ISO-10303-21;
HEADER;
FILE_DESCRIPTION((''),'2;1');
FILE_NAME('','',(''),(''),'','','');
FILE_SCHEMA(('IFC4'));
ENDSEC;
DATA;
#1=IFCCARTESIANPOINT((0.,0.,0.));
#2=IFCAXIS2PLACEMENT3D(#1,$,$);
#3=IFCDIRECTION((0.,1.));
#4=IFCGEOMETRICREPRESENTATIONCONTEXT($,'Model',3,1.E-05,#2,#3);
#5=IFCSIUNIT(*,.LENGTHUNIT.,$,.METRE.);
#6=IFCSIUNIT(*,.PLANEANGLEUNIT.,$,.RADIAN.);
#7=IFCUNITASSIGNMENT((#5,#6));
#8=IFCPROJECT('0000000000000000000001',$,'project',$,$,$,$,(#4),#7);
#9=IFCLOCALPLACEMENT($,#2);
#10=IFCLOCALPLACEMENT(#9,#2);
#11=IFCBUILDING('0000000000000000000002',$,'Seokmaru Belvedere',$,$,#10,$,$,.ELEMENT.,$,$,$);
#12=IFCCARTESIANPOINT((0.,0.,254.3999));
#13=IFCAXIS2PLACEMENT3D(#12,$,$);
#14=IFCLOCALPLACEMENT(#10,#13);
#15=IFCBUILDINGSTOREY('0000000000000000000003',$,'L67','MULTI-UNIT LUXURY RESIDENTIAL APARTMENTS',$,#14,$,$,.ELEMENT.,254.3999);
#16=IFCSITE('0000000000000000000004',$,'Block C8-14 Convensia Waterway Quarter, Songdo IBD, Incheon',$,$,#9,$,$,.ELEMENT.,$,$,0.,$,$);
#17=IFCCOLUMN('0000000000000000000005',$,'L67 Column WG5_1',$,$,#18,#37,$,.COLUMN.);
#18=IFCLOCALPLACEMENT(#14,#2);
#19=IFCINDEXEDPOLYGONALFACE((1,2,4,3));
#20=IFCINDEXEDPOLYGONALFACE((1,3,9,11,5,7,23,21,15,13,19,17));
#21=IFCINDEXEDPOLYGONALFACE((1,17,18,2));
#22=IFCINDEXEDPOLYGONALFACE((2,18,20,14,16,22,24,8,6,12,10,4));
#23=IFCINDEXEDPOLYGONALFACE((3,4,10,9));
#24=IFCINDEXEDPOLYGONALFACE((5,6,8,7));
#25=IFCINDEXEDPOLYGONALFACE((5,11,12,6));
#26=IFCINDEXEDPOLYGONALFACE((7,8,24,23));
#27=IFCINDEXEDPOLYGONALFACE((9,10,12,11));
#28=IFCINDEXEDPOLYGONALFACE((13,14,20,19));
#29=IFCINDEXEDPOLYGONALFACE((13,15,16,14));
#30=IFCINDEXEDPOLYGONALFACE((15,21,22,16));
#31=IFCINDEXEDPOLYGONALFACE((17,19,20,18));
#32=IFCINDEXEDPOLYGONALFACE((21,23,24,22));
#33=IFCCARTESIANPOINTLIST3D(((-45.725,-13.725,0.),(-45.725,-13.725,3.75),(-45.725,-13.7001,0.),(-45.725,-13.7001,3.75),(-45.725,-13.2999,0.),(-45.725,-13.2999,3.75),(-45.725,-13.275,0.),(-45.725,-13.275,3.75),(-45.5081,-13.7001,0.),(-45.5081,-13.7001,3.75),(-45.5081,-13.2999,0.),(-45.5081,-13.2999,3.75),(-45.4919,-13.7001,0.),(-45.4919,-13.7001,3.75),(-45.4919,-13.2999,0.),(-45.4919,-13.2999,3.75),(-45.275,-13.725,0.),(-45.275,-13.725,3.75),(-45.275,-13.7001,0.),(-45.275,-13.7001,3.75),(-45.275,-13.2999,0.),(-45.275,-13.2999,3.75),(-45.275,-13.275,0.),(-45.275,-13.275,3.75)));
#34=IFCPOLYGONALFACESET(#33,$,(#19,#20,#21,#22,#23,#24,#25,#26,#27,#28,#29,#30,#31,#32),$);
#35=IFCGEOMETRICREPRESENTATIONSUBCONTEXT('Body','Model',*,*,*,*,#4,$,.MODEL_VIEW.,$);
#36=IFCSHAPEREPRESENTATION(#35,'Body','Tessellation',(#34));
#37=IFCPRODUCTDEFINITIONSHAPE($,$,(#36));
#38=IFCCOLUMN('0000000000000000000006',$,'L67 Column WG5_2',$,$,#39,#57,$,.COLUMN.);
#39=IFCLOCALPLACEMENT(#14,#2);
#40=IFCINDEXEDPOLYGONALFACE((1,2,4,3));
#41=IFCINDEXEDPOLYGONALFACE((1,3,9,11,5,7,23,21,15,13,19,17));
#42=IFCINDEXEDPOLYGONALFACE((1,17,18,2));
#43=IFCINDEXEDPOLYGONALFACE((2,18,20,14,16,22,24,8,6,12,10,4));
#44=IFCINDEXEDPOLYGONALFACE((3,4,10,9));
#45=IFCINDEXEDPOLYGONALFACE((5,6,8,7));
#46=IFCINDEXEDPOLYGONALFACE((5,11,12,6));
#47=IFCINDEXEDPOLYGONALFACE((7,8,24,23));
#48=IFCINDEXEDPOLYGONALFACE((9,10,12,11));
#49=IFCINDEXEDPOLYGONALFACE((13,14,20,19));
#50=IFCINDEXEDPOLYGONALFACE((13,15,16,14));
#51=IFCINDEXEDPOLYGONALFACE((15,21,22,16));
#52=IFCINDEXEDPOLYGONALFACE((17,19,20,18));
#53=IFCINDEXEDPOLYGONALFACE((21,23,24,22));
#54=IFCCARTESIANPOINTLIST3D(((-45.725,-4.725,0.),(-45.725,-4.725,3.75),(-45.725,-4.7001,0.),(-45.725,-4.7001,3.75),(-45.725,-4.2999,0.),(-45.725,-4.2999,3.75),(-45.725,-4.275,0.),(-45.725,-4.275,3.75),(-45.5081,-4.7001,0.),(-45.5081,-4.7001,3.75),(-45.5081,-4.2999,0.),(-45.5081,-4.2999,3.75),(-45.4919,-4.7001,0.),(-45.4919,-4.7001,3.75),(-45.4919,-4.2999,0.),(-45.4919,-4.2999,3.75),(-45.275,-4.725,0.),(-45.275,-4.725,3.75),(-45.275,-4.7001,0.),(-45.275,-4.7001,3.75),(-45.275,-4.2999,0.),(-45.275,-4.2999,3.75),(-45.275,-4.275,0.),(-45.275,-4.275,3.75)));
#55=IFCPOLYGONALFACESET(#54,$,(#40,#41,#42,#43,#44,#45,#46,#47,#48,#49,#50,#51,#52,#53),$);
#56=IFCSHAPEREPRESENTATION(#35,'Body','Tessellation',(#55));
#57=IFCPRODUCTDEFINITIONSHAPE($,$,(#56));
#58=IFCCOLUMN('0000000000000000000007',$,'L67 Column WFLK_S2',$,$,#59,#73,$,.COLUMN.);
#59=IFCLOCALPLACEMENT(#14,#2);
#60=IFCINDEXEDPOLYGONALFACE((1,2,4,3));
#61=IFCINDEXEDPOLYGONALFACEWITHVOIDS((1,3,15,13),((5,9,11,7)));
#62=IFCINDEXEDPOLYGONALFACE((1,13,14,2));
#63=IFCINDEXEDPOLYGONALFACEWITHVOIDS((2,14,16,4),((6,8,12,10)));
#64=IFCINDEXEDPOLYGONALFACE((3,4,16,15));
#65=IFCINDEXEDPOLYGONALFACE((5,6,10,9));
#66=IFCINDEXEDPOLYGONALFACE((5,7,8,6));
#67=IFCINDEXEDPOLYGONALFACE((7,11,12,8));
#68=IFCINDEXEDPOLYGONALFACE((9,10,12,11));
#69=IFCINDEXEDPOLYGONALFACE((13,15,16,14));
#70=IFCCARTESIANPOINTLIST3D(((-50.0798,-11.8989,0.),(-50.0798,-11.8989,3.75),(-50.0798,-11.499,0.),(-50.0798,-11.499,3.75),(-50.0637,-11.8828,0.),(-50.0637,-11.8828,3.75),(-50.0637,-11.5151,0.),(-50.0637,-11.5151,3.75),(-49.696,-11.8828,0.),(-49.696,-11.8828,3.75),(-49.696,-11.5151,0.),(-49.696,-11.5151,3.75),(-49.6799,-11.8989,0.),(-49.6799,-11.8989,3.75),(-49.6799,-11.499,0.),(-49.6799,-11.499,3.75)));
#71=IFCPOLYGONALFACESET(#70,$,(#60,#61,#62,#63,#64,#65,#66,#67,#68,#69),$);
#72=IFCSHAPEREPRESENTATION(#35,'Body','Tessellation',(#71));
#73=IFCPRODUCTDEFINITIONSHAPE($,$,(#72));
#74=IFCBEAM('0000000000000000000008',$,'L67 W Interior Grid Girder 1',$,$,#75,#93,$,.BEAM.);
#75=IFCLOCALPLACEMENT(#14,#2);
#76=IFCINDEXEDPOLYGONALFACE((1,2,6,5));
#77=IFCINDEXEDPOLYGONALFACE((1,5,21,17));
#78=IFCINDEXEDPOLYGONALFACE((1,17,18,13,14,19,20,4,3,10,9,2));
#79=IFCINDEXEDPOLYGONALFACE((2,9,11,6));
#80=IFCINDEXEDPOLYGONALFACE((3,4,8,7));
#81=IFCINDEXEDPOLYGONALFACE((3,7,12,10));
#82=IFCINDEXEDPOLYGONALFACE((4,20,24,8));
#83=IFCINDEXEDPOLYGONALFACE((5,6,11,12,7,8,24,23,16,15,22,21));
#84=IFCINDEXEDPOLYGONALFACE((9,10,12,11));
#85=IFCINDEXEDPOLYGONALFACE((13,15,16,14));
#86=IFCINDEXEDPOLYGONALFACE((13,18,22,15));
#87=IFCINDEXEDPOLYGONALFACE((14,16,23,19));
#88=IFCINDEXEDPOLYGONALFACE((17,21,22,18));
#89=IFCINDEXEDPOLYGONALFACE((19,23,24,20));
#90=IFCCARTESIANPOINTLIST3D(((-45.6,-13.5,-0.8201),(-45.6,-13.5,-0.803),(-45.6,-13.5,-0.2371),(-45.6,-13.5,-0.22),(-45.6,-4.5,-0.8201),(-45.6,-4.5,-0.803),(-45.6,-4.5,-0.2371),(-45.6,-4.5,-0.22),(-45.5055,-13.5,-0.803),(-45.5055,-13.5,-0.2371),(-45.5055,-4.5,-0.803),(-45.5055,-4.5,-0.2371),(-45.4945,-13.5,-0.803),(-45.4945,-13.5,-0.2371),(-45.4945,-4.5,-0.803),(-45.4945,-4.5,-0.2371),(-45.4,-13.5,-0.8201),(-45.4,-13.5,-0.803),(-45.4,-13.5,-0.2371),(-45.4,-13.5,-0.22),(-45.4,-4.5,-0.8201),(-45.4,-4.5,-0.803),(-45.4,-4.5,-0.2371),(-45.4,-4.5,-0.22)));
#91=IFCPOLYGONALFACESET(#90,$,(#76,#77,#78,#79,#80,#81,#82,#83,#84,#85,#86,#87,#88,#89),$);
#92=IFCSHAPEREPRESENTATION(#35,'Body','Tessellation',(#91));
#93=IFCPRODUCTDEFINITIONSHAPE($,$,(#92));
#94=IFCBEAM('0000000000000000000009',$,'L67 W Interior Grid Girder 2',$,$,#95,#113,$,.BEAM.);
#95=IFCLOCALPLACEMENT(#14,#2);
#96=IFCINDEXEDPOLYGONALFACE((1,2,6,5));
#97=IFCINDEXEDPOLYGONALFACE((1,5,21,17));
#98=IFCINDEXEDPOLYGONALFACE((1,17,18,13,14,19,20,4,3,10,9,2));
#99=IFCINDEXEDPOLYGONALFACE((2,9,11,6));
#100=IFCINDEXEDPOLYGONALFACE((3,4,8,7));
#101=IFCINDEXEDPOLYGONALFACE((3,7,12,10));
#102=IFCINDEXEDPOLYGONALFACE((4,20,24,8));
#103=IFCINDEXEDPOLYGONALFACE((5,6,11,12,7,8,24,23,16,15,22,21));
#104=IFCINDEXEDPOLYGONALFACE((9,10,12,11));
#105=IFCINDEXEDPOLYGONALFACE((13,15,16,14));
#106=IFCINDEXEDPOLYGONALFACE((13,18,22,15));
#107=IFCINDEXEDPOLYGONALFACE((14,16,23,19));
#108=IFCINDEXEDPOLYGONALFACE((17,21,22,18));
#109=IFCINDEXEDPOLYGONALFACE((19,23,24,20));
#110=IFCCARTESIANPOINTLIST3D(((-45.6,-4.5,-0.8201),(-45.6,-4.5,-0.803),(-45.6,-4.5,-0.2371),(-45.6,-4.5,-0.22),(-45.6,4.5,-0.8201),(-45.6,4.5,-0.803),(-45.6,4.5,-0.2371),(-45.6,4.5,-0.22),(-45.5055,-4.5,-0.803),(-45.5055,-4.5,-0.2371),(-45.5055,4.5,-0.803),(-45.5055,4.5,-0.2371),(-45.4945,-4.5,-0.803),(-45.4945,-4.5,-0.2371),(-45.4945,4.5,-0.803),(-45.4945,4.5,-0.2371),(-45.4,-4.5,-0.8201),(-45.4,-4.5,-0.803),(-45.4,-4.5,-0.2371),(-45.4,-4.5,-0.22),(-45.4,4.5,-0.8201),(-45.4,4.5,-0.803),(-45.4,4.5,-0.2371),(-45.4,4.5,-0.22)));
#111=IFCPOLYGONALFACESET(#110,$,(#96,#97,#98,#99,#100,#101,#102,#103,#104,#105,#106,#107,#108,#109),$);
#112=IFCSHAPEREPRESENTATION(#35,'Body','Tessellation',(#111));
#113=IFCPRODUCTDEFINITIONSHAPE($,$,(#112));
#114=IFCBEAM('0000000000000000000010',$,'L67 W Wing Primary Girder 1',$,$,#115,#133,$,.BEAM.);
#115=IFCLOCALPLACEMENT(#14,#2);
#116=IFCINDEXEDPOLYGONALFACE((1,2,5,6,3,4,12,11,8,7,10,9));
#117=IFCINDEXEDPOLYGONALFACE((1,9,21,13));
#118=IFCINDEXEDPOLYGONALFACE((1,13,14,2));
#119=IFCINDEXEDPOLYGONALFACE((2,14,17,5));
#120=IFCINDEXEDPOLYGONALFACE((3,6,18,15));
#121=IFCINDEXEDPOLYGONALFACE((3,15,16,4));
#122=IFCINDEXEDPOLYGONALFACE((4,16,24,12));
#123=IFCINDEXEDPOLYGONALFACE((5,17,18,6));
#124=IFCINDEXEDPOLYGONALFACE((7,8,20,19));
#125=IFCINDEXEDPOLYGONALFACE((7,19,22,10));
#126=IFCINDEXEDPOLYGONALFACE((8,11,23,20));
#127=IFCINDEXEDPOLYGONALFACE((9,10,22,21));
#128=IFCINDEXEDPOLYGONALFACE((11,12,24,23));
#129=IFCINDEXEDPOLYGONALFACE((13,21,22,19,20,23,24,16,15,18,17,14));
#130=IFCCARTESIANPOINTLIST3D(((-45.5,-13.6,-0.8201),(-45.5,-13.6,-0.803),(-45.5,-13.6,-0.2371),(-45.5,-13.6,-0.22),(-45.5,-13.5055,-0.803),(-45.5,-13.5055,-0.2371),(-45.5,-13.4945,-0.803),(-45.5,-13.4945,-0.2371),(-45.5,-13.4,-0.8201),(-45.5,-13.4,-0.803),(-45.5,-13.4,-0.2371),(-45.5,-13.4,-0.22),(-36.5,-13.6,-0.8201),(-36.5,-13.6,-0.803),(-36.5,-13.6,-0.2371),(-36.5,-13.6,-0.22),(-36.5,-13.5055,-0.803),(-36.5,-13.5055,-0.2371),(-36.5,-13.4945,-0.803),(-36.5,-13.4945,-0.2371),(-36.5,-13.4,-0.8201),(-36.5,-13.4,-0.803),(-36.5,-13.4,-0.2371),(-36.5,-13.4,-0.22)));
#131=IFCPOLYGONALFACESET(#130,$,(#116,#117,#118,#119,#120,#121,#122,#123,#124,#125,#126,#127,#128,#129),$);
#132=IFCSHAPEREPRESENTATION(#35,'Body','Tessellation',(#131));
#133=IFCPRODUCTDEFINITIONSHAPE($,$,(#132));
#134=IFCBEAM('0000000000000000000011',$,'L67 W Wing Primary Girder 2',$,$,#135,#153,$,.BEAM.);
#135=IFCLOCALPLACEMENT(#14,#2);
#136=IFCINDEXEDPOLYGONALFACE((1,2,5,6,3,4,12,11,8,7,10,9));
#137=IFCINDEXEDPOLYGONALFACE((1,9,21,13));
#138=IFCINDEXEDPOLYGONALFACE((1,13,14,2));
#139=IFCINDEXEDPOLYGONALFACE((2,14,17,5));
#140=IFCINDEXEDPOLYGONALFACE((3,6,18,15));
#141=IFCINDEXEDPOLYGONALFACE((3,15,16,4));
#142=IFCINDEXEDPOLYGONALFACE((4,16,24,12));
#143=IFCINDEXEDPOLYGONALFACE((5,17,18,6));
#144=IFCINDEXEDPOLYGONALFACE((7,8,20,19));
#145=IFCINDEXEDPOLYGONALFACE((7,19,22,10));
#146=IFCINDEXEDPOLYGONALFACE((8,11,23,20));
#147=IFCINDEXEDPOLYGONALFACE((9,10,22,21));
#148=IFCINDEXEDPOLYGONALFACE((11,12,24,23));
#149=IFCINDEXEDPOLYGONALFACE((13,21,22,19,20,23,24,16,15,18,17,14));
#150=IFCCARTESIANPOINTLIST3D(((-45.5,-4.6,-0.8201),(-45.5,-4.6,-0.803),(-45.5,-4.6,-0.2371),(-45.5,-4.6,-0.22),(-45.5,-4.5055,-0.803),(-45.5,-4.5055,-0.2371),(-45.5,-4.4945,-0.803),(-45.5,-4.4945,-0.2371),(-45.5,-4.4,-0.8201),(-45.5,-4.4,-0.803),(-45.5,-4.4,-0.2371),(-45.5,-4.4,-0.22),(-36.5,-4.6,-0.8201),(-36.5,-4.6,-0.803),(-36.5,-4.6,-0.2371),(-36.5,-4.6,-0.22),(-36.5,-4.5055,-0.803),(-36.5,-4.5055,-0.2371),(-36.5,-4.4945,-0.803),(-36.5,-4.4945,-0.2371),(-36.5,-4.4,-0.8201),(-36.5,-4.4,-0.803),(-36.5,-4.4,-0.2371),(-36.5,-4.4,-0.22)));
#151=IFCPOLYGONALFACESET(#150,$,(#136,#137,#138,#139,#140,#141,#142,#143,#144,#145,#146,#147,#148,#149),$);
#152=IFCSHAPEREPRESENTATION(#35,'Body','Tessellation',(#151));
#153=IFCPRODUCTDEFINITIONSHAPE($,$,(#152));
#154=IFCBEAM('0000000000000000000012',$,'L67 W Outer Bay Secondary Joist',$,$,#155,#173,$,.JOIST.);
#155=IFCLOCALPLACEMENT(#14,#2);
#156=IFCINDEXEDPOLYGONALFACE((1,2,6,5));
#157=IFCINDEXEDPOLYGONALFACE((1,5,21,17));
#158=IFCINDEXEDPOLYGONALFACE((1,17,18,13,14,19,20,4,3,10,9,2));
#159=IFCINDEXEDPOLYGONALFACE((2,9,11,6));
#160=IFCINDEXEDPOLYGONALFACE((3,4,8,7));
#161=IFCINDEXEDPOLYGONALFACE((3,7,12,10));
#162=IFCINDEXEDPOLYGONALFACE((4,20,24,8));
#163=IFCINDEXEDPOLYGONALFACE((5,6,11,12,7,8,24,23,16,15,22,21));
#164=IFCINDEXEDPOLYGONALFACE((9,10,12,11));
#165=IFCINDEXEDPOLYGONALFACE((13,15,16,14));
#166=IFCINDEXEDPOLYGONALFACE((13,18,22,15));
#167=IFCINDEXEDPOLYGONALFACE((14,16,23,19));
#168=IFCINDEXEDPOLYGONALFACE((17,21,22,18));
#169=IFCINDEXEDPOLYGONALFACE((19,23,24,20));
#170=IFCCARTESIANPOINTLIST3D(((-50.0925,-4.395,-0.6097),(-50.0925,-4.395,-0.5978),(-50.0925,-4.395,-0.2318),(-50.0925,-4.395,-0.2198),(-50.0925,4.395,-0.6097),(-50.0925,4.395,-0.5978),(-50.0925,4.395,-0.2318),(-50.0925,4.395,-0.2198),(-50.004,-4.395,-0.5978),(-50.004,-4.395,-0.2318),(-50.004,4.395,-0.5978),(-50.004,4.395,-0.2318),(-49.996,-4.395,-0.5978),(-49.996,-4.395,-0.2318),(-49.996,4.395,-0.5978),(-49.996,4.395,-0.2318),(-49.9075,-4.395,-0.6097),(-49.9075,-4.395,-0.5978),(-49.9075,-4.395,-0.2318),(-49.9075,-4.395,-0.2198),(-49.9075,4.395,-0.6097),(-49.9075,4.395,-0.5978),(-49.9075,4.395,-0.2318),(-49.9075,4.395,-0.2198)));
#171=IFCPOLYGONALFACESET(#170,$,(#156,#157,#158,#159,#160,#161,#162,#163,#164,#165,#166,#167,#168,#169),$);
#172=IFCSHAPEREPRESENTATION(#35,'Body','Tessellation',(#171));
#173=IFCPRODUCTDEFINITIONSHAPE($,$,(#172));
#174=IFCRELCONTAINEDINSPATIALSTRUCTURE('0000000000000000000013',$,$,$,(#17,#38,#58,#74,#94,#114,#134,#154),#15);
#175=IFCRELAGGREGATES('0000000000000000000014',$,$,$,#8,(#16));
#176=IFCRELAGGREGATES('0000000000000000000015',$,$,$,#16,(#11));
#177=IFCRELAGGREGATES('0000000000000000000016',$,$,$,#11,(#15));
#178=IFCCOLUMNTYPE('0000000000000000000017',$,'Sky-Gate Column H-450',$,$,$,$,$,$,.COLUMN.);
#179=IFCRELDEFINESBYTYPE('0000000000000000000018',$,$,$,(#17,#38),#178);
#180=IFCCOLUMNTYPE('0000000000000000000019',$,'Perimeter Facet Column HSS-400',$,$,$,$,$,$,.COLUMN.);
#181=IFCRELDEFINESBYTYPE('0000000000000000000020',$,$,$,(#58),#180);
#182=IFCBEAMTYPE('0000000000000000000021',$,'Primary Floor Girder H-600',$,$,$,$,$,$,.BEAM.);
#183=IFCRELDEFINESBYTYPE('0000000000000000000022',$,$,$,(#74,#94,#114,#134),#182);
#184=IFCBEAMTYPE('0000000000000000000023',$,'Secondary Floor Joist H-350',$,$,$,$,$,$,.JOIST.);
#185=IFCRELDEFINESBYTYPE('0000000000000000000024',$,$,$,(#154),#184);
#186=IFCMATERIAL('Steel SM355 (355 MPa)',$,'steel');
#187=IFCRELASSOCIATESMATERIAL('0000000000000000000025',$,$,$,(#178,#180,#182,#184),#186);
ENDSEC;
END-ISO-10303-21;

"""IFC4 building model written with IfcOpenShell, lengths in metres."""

from ifc_helpers import new_model, si_unit, direction, frame, origin, origin_2d, place, context, subcontext, project, spatial, hollow_rectangle, i_section, extrude, source, transform, mapped, material, material_profile, profile_set, type_object, type_shapes, element, save


model = new_model("IFC4")

# Units and contexts
model_context = context("Model", 3, precision=1e-05, world=origin(), true_north=direction((0.0, 1.0)))
body_context = subcontext(model_context, "Body", "Model", "MODEL_VIEW")
ifc_project = project(units=[si_unit("LENGTHUNIT", "METRE"), si_unit("PLANEANGLEUNIT", "RADIAN")], contexts=[model_context])

# Site, building, storey
site_placement = place(None, origin())
site = spatial("IfcSite", under=ifc_project, at=site_placement, Name="Block C8-14 Convensia Waterway Quarter, Songdo IBD, Incheon", CompositionType="ELEMENT", RefElevation=0.0)
building_placement = place(site_placement, origin())
building = spatial("IfcBuilding", under=site, at=building_placement, Name="Seokmaru Belvedere", CompositionType="ELEMENT")
storey_placement = place(building_placement, frame((0.0, 0.0, 254.3999)))
storey = spatial("IfcBuildingStorey", under=building, at=storey_placement, Name="L67", Description="MULTI-UNIT LUXURY RESIDENTIAL APARTMENTS", CompositionType="ELEMENT", Elevation=254.3999)

# Columns
ifc_material_1 = material(Name="Steel SM355 (355 MPa)", Category="steel")
ifc_material_profile_1 = material_profile(ifc_material_1, i_section(OverallWidth=0.45, OverallDepth=0.45, WebThickness=0.0161, FlangeThickness=0.0249, at=origin_2d()), Name="H-450x450x16x25")
ifc_profile_set_1 = profile_set([ifc_material_profile_1], Name="Steel SM355 (355 MPa)")
column_type_1 = type_object("IfcColumnType", Name="Sky-Gate Column H-450", PredefinedType="COLUMN", material=ifc_profile_set_1)
shared_shape_1 = source(origin(), body_context, "Body", "SweptSolid", [
    extrude(i_section(OverallWidth=0.45, OverallDepth=0.45, WebThickness=0.0161, FlangeThickness=0.0249, at=origin_2d()), origin(), (0.0, 0.0, 1.0), 3.75),
])
type_shapes(column_type_1, [shared_shape_1])
for number, where, z_axis, x_axis, name in (
    (1, (-45.5, -13.5, 0.0), (0.0, 0.0, 1.0), (1.0, 0.0, 0.0), "L67 Column WG5_1"),
    (2, (-45.5, -4.5, 0.0), (0.0, 0.0, 1.0), (1.0, 0.0, 0.0), "L67 Column WG5_2"),
):
    element("IfcColumn", number, at=place(storey_placement, frame(where, z_axis=z_axis, x_axis=x_axis)), inside=storey, type_object=column_type_1, Name=name, PredefinedType="COLUMN", context=body_context, shape_type="MappedRepresentation", body=[
        mapped(shared_shape_1, transform((0.0, 0.0, 0.0), scale=1.0)),
    ])
ifc_material_profile_2 = material_profile(ifc_material_1, hollow_rectangle(XDim=0.3999, YDim=0.3999, WallThickness=0.0161, at=origin_2d()), Name="HSS-400x400x16")
ifc_profile_set_2 = profile_set([ifc_material_profile_2], Name="Steel SM355 (355 MPa)")
column_type_2 = type_object("IfcColumnType", Name="Perimeter Facet Column HSS-400", PredefinedType="COLUMN", material=ifc_profile_set_2)
shared_shape_2 = source(origin(), body_context, "Body", "SweptSolid", [
    extrude(hollow_rectangle(XDim=0.3999, YDim=0.3999, WallThickness=0.0161, at=origin_2d()), origin(), (0.0, 0.0, 1.0), 3.75),
])
type_shapes(column_type_2, [shared_shape_2])
column_placement = place(storey_placement, frame((-49.8799, -11.699, 0.0), z_axis=(0.0, 0.0, 1.0), x_axis=(1.0, 0.0, 0.0)))
element("IfcColumn", 3, at=column_placement, inside=storey, type_object=column_type_2, Name="L67 Column WFLK_S2", PredefinedType="COLUMN", context=body_context, shape_type="MappedRepresentation", body=[
    mapped(shared_shape_2, transform((0.0, 0.0, 0.0), scale=1.0)),
])

# Beams
ifc_material_profile_3 = material_profile(ifc_material_1, i_section(OverallWidth=0.2, OverallDepth=0.6001, WebThickness=0.011, FlangeThickness=0.0171, at=origin_2d()), Name="H-600x200x11x17")
ifc_profile_set_3 = profile_set([ifc_material_profile_3], Name="Steel SM355 (355 MPa)")
beam_type_1 = type_object("IfcBeamType", Name="Primary Floor Girder H-600", PredefinedType="BEAM", material=ifc_profile_set_3)
shared_shape_3 = source(origin(), body_context, "Body", "SweptSolid", [
    extrude(i_section(OverallWidth=0.2, OverallDepth=0.6001, WebThickness=0.011, FlangeThickness=0.0171, at=origin_2d()), origin(), (0.0, 0.0, 1.0), 9.0),
])
for number, where, z_axis, x_axis, name in (
    (4, (-45.5, -13.5, -0.52), (0.0, 1.0, 0.0), (-1.0, 0.0, 0.0), "L67 W Interior Grid Girder 1"),
    (5, (-45.5, -4.5, -0.52), (0.0, 1.0, 0.0), (-1.0, 0.0, 0.0), "L67 W Interior Grid Girder 2"),
    (6, (-45.5, -13.5, -0.52), (1.0, 0.0, 0.0), (0.0, 1.0, 0.0), "L67 W Wing Primary Girder 1"),
    (7, (-45.5, -4.5, -0.52), (1.0, 0.0, 0.0), (0.0, 1.0, 0.0), "L67 W Wing Primary Girder 2"),
):
    element("IfcBeam", number, at=place(storey_placement, frame(where, z_axis=z_axis, x_axis=x_axis)), inside=storey, type_object=beam_type_1, Name=name, PredefinedType="BEAM", context=body_context, shape_type="MappedRepresentation", body=[
        mapped(shared_shape_3, transform((0.0, 0.0, 0.0), scale=1.0)),
    ])
ifc_material_profile_4 = material_profile(ifc_material_1, i_section(OverallWidth=0.1851, OverallDepth=0.3899, WebThickness=0.0081, FlangeThickness=0.012, at=origin_2d()), Name="H-390x185x8x12")
ifc_profile_set_4 = profile_set([ifc_material_profile_4], Name="Steel SM355 (355 MPa)")
beam_type_2 = type_object("IfcBeamType", Name="Secondary Floor Joist H-350", PredefinedType="JOIST", material=ifc_profile_set_4)
shared_shape_4 = source(origin(), body_context, "Body", "SweptSolid", [
    extrude(i_section(OverallWidth=0.1851, OverallDepth=0.3899, WebThickness=0.0081, FlangeThickness=0.012, at=origin_2d()), origin(), (0.0, 0.0, 1.0), 8.79),
])
type_shapes(beam_type_2, [shared_shape_4])
beam_1_placement = place(storey_placement, frame((-50.0, -4.395, -0.4148), z_axis=(0.0, 1.0, 0.0), x_axis=(-1.0, 0.0, 0.0)))
element("IfcBeam", 8, at=beam_1_placement, inside=storey, type_object=beam_type_2, Name="L67 W Outer Bay Secondary Joist", PredefinedType="JOIST", context=body_context, shape_type="MappedRepresentation", body=[
    mapped(shared_shape_4, transform((0.0, 0.0, 0.0), scale=1.0)),
])

save(model, "model.ifc")
